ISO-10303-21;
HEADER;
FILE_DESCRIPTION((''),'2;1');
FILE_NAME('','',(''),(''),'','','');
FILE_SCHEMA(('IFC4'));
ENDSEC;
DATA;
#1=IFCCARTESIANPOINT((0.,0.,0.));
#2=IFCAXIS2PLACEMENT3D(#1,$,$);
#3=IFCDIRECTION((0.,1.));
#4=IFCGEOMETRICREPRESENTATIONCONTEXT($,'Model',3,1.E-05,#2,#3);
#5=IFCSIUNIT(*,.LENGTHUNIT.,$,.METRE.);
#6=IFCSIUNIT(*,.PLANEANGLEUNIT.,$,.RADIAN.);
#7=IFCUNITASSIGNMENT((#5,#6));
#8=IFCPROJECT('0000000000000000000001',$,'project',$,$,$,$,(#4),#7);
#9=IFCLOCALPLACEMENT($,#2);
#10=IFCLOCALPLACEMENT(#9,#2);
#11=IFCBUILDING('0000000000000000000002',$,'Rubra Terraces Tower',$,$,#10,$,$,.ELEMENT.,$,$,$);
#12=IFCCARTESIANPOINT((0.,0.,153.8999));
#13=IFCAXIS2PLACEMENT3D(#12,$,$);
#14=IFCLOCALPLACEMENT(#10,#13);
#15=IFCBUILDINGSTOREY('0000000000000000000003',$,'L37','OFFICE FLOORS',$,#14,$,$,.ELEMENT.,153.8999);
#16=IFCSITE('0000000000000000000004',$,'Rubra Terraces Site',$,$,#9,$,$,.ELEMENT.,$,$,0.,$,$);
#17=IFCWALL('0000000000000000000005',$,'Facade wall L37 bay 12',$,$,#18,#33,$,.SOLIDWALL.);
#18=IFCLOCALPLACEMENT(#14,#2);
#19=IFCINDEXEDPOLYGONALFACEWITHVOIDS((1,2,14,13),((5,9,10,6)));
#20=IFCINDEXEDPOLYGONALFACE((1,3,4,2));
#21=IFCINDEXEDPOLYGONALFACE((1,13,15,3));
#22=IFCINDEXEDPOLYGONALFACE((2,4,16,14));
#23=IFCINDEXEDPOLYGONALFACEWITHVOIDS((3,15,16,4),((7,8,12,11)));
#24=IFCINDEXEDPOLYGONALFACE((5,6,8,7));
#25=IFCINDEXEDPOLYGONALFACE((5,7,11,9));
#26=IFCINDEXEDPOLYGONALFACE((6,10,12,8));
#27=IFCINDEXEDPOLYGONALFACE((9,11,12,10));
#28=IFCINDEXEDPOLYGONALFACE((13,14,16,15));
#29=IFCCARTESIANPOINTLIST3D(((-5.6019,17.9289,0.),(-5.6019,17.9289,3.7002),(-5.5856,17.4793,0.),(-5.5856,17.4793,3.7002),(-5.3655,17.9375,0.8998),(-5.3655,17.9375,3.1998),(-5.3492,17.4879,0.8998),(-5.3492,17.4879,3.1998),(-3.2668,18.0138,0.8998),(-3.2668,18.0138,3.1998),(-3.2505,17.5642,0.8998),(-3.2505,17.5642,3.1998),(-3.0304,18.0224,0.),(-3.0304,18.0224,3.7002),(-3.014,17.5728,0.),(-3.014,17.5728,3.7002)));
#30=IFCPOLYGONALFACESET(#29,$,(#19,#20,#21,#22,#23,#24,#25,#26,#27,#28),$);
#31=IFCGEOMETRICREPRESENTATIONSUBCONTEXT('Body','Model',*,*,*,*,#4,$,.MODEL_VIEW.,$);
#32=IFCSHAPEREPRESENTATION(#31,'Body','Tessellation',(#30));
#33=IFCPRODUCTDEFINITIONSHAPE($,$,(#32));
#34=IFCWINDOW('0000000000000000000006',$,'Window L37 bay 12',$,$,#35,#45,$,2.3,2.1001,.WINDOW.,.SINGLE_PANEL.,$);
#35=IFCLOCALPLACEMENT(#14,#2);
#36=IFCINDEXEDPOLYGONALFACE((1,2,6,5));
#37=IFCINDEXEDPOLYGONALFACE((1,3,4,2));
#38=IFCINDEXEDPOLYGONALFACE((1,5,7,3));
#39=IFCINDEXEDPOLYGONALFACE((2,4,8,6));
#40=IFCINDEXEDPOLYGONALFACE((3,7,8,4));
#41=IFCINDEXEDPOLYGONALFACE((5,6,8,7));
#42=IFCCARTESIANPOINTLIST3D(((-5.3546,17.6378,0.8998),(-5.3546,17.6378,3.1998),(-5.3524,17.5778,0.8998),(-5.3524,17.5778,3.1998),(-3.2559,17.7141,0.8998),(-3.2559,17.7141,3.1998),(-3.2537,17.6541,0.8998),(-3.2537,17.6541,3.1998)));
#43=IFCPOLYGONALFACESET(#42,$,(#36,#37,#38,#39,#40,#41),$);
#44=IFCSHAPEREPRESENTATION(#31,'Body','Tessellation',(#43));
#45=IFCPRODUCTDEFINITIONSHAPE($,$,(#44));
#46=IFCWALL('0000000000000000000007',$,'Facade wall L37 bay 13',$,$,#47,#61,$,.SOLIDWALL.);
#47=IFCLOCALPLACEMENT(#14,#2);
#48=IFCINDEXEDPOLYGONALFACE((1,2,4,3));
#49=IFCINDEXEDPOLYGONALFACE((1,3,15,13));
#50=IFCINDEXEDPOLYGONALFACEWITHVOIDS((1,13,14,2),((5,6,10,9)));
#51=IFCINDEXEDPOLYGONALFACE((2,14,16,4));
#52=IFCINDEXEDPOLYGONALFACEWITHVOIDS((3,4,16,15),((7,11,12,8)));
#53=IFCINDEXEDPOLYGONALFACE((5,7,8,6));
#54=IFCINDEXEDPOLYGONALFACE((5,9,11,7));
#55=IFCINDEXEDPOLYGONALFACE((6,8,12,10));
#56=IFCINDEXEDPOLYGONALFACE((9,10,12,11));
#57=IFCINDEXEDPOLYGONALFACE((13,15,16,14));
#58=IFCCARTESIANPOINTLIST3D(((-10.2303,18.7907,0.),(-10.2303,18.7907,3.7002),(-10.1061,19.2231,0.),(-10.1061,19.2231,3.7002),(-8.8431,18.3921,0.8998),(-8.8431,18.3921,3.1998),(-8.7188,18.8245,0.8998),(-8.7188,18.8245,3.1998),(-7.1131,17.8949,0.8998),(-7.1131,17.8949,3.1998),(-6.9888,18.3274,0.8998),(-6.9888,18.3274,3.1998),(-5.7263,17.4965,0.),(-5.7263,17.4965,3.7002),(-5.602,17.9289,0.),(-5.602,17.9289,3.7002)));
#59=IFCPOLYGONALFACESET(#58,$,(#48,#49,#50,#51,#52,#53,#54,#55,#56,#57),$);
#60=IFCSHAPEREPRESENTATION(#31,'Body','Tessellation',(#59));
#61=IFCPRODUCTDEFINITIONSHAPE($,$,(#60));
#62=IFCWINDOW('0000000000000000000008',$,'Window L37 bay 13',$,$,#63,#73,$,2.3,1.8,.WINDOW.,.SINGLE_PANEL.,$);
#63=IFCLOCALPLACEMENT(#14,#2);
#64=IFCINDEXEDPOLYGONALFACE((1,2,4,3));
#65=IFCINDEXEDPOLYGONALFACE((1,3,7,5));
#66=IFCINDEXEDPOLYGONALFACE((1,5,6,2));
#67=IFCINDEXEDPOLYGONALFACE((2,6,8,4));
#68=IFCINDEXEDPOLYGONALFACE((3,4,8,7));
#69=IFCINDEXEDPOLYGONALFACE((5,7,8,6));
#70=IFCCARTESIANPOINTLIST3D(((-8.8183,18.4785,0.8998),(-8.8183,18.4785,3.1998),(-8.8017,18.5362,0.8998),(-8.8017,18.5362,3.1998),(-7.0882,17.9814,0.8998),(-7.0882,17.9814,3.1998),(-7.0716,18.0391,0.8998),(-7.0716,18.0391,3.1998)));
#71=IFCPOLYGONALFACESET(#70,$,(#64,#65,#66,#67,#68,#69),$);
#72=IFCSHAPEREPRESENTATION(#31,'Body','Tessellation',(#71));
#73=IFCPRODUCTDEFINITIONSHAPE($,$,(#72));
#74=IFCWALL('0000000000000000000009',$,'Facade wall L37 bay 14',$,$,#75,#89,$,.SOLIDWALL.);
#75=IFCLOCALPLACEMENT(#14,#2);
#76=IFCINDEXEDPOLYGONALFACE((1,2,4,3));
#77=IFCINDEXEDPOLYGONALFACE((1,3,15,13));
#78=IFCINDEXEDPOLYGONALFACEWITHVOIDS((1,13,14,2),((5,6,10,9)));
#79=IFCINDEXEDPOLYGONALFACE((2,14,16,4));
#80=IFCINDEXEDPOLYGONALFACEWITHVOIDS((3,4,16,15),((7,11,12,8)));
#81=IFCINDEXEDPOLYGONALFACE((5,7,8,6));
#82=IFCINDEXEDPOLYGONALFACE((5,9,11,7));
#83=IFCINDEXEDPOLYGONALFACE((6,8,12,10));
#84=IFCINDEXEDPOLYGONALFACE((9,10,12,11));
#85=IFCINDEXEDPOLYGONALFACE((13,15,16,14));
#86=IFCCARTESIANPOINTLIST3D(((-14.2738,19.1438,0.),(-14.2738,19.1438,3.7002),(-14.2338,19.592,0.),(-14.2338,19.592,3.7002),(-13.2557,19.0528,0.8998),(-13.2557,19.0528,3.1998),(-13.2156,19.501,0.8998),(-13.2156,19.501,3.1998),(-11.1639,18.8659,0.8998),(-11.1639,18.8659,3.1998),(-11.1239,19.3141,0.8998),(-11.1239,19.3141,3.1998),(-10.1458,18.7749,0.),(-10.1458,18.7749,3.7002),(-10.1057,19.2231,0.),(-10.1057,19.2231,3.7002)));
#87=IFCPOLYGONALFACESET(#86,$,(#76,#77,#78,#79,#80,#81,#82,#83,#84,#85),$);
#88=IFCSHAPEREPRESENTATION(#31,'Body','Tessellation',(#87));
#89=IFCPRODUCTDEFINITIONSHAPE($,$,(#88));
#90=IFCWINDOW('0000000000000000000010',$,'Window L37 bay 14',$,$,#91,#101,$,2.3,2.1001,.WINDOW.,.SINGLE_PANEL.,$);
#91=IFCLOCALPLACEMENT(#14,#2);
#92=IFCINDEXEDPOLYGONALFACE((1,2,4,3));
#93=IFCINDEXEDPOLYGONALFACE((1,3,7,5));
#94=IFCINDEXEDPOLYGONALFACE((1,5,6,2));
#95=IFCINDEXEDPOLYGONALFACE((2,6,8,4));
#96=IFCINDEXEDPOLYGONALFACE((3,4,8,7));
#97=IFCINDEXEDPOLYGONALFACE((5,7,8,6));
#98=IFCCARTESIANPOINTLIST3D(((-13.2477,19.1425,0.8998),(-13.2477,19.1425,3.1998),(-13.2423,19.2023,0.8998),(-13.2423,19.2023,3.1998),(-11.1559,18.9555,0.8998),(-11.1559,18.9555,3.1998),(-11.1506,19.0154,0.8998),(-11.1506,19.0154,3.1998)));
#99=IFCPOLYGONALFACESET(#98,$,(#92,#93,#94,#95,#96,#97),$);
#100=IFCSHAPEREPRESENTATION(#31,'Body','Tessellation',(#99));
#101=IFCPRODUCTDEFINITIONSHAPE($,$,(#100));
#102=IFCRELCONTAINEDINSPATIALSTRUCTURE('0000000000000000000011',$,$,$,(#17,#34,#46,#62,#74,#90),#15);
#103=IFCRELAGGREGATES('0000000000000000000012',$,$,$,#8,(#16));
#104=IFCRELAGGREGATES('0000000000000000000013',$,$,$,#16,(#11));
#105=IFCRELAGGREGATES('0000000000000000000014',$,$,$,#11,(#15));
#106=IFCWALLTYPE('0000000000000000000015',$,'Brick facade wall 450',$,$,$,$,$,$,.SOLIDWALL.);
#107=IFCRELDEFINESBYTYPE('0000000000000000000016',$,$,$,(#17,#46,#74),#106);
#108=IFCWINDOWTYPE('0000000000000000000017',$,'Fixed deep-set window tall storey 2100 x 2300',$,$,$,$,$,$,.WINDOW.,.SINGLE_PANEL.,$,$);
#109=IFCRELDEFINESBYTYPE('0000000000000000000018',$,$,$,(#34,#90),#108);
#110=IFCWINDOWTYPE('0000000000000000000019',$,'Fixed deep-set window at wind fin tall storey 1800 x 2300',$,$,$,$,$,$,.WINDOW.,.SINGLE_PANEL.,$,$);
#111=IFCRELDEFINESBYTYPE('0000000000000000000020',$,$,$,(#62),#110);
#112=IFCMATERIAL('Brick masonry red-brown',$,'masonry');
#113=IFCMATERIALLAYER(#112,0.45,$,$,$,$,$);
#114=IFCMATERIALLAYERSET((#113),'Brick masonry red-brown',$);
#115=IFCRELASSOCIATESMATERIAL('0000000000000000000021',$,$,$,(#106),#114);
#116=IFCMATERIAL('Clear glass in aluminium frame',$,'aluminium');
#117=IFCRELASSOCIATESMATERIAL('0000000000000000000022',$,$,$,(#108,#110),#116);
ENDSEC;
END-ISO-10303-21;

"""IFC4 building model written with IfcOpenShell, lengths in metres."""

from ifc_helpers import new_model, si_unit, direction, frame, frame_2d, origin, place, context, subcontext, project, spatial, rectangle, extrude, material, layer, layer_set, type_object, element, fill, save


model = new_model("IFC4")

# Units and contexts
model_context = context("Model", 3, precision=1e-05, world=origin(), true_north=direction((0.0, 1.0)))
body_context = subcontext(model_context, "Body", "Model", "MODEL_VIEW")
ifc_project = project(units=[si_unit("LENGTHUNIT", "METRE"), si_unit("PLANEANGLEUNIT", "RADIAN")], contexts=[model_context])

# Site, building, storey
site_placement = place(None, origin())
site = spatial("IfcSite", under=ifc_project, at=site_placement, Name="Rubra Terraces Site", CompositionType="ELEMENT", RefElevation=0.0)
building_placement = place(site_placement, origin())
building = spatial("IfcBuilding", under=site, at=building_placement, Name="Rubra Terraces Tower", CompositionType="ELEMENT")
storey_placement = place(building_placement, frame((0.0, 0.0, 153.8999)))
storey = spatial("IfcBuildingStorey", under=building, at=storey_placement, Name="L37", Description="OFFICE FLOORS", CompositionType="ELEMENT", Elevation=153.8999)

# Walls, openings, windows
ifc_material_1 = material(Name="Brick masonry red-brown", Category="masonry")
ifc_layer_1 = layer(ifc_material_1, 0.45)
ifc_layer_set_1 = layer_set([ifc_layer_1], Name="Brick masonry red-brown")
wall_type_1 = type_object("IfcWallType", Name="Brick facade wall 450", PredefinedType="SOLIDWALL", material=ifc_layer_set_1)
wall_1_placement = place(storey_placement, frame((-3.0222, 17.7976, 0.0), z_axis=(0.0, 0.0, 1.0), x_axis=(-0.99934, -0.036338, 0.0)))
wall_1 = element("IfcWall", 1, at=wall_1_placement, inside=storey, type_object=wall_type_1, Name="Facade wall L37 bay 12", PredefinedType="SOLIDWALL", context=body_context, shape_type="SweptSolid", body=[
    extrude(rectangle(XDim=2.5732, YDim=0.45, at=frame_2d((1.2866, 0.0))), origin(), (0.0, 0.0, 1.0), 3.7002),
])
opening_1_placement = place(wall_1_placement, frame((0.2366, 0.0, 0.8999)))
opening_1 = element("IfcOpeningElement", 2, at=opening_1_placement, cuts=wall_1, PredefinedType="OPENING", context=body_context, shape_type="SweptSolid", body=[
    extrude(rectangle(XDim=2.1001, YDim=2.3, at=frame_2d((1.05, 1.1499))), frame((0.0, 0.2349, 0.0), z_axis=(0.0, -1.0, 0.0), x_axis=(1.0, 0.0, 0.0)), (0.0, 0.0, 1.0), 0.47),
])
ifc_material_2 = material(Name="Clear glass in aluminium frame", Category="aluminium")
window_type_1 = type_object("IfcWindowType", Name="Fixed deep-set window tall storey 2100 x 2300", PartitioningType="SINGLE_PANEL", PredefinedType="WINDOW", material=ifc_material_2)
window_1_placement = place(opening_1_placement, origin())
window_1 = element("IfcWindow", 3, at=window_1_placement, inside=storey, type_object=window_type_1, Name="Window L37 bay 12", OverallHeight=2.3, OverallWidth=2.1001, PartitioningType="SINGLE_PANEL", PredefinedType="WINDOW", context=body_context, shape_type="SweptSolid", body=[
    extrude(rectangle(XDim=2.1001, YDim=2.3, at=frame_2d((1.05, 1.1499))), frame((0.0, 0.135, 0.0), z_axis=(0.0, -1.0, 0.0), x_axis=(1.0, 0.0, 0.0)), (0.0, 0.0, 1.0), 0.0601),
])
fill(opening_1, window_1)
wall_2_placement = place(storey_placement, frame((-5.6641, 17.7126, 0.0), z_axis=(0.0, 0.0, 1.0), x_axis=(-0.961108, 0.276173, 0.0)))
wall_2 = element("IfcWall", 4, at=wall_2_placement, inside=storey, type_object=wall_type_1, Name="Facade wall L37 bay 13", PredefinedType="SOLIDWALL", context=body_context, shape_type="SweptSolid", body=[
    extrude(rectangle(XDim=4.6863, YDim=0.45, at=frame_2d((2.3433, 0.0))), origin(), (0.0, 0.0, 1.0), 3.7002),
])
opening_2_placement = place(wall_2_placement, frame((1.4431, 0.0, 0.8999)))
opening_2 = element("IfcOpeningElement", 5, at=opening_2_placement, cuts=wall_2, PredefinedType="OPENING", context=body_context, shape_type="SweptSolid", body=[
    extrude(rectangle(XDim=1.8, YDim=2.3, at=frame_2d((0.8999, 1.1499))), frame((0.0, 0.2349, 0.0), z_axis=(0.0, -1.0, 0.0), x_axis=(1.0, 0.0, 0.0)), (0.0, 0.0, 1.0), 0.47),
])
window_type_2 = type_object("IfcWindowType", Name="Fixed deep-set window at wind fin tall storey 1800 x 2300", PartitioningType="SINGLE_PANEL", PredefinedType="WINDOW", material=ifc_material_2)
window_2_placement = place(opening_2_placement, origin())
window_2 = element("IfcWindow", 6, at=window_2_placement, inside=storey, type_object=window_type_2, Name="Window L37 bay 13", OverallHeight=2.3, OverallWidth=1.8, PartitioningType="SINGLE_PANEL", PredefinedType="WINDOW", context=body_context, shape_type="SweptSolid", body=[
    extrude(rectangle(XDim=1.8, YDim=2.3, at=frame_2d((0.8999, 1.1499))), frame((0.0, 0.135, 0.0), z_axis=(0.0, -1.0, 0.0), x_axis=(1.0, 0.0, 0.0)), (0.0, 0.0, 1.0), 0.0601),
])
fill(opening_2, window_2)
wall_3_placement = place(storey_placement, frame((-10.1257, 18.999, 0.0), z_axis=(0.0, 0.0, 1.0), x_axis=(-0.996031, 0.089006, 0.0)))
wall_3 = element("IfcWall", 7, at=wall_3_placement, inside=storey, type_object=wall_type_1, Name="Facade wall L37 bay 14", PredefinedType="SOLIDWALL", context=body_context, shape_type="SweptSolid", body=[
    extrude(rectangle(XDim=4.1445, YDim=0.45, at=frame_2d((2.0723, 0.0))), origin(), (0.0, 0.0, 1.0), 3.7002),
])
opening_3_placement = place(wall_3_placement, frame((1.0222, 0.0, 0.8999)))
opening_3 = element("IfcOpeningElement", 8, at=opening_3_placement, cuts=wall_3, PredefinedType="OPENING", context=body_context, shape_type="SweptSolid", body=[
    extrude(rectangle(XDim=2.1001, YDim=2.3, at=frame_2d((1.05, 1.1499))), frame((0.0, 0.2349, 0.0), z_axis=(0.0, -1.0, 0.0), x_axis=(1.0, 0.0, 0.0)), (0.0, 0.0, 1.0), 0.47),
])
window_3_placement = place(opening_3_placement, origin())
window_3 = element("IfcWindow", 9, at=window_3_placement, inside=storey, type_object=window_type_1, Name="Window L37 bay 14", OverallHeight=2.3, OverallWidth=2.1001, PartitioningType="SINGLE_PANEL", PredefinedType="WINDOW", context=body_context, shape_type="SweptSolid", body=[
    extrude(rectangle(XDim=2.1001, YDim=2.3, at=frame_2d((1.05, 1.1499))), frame((0.0, 0.135, 0.0), z_axis=(0.0, -1.0, 0.0), x_axis=(1.0, 0.0, 0.0)), (0.0, 0.0, 1.0), 0.0601),
])
fill(opening_3, window_3)

save(model, "model.ifc")
